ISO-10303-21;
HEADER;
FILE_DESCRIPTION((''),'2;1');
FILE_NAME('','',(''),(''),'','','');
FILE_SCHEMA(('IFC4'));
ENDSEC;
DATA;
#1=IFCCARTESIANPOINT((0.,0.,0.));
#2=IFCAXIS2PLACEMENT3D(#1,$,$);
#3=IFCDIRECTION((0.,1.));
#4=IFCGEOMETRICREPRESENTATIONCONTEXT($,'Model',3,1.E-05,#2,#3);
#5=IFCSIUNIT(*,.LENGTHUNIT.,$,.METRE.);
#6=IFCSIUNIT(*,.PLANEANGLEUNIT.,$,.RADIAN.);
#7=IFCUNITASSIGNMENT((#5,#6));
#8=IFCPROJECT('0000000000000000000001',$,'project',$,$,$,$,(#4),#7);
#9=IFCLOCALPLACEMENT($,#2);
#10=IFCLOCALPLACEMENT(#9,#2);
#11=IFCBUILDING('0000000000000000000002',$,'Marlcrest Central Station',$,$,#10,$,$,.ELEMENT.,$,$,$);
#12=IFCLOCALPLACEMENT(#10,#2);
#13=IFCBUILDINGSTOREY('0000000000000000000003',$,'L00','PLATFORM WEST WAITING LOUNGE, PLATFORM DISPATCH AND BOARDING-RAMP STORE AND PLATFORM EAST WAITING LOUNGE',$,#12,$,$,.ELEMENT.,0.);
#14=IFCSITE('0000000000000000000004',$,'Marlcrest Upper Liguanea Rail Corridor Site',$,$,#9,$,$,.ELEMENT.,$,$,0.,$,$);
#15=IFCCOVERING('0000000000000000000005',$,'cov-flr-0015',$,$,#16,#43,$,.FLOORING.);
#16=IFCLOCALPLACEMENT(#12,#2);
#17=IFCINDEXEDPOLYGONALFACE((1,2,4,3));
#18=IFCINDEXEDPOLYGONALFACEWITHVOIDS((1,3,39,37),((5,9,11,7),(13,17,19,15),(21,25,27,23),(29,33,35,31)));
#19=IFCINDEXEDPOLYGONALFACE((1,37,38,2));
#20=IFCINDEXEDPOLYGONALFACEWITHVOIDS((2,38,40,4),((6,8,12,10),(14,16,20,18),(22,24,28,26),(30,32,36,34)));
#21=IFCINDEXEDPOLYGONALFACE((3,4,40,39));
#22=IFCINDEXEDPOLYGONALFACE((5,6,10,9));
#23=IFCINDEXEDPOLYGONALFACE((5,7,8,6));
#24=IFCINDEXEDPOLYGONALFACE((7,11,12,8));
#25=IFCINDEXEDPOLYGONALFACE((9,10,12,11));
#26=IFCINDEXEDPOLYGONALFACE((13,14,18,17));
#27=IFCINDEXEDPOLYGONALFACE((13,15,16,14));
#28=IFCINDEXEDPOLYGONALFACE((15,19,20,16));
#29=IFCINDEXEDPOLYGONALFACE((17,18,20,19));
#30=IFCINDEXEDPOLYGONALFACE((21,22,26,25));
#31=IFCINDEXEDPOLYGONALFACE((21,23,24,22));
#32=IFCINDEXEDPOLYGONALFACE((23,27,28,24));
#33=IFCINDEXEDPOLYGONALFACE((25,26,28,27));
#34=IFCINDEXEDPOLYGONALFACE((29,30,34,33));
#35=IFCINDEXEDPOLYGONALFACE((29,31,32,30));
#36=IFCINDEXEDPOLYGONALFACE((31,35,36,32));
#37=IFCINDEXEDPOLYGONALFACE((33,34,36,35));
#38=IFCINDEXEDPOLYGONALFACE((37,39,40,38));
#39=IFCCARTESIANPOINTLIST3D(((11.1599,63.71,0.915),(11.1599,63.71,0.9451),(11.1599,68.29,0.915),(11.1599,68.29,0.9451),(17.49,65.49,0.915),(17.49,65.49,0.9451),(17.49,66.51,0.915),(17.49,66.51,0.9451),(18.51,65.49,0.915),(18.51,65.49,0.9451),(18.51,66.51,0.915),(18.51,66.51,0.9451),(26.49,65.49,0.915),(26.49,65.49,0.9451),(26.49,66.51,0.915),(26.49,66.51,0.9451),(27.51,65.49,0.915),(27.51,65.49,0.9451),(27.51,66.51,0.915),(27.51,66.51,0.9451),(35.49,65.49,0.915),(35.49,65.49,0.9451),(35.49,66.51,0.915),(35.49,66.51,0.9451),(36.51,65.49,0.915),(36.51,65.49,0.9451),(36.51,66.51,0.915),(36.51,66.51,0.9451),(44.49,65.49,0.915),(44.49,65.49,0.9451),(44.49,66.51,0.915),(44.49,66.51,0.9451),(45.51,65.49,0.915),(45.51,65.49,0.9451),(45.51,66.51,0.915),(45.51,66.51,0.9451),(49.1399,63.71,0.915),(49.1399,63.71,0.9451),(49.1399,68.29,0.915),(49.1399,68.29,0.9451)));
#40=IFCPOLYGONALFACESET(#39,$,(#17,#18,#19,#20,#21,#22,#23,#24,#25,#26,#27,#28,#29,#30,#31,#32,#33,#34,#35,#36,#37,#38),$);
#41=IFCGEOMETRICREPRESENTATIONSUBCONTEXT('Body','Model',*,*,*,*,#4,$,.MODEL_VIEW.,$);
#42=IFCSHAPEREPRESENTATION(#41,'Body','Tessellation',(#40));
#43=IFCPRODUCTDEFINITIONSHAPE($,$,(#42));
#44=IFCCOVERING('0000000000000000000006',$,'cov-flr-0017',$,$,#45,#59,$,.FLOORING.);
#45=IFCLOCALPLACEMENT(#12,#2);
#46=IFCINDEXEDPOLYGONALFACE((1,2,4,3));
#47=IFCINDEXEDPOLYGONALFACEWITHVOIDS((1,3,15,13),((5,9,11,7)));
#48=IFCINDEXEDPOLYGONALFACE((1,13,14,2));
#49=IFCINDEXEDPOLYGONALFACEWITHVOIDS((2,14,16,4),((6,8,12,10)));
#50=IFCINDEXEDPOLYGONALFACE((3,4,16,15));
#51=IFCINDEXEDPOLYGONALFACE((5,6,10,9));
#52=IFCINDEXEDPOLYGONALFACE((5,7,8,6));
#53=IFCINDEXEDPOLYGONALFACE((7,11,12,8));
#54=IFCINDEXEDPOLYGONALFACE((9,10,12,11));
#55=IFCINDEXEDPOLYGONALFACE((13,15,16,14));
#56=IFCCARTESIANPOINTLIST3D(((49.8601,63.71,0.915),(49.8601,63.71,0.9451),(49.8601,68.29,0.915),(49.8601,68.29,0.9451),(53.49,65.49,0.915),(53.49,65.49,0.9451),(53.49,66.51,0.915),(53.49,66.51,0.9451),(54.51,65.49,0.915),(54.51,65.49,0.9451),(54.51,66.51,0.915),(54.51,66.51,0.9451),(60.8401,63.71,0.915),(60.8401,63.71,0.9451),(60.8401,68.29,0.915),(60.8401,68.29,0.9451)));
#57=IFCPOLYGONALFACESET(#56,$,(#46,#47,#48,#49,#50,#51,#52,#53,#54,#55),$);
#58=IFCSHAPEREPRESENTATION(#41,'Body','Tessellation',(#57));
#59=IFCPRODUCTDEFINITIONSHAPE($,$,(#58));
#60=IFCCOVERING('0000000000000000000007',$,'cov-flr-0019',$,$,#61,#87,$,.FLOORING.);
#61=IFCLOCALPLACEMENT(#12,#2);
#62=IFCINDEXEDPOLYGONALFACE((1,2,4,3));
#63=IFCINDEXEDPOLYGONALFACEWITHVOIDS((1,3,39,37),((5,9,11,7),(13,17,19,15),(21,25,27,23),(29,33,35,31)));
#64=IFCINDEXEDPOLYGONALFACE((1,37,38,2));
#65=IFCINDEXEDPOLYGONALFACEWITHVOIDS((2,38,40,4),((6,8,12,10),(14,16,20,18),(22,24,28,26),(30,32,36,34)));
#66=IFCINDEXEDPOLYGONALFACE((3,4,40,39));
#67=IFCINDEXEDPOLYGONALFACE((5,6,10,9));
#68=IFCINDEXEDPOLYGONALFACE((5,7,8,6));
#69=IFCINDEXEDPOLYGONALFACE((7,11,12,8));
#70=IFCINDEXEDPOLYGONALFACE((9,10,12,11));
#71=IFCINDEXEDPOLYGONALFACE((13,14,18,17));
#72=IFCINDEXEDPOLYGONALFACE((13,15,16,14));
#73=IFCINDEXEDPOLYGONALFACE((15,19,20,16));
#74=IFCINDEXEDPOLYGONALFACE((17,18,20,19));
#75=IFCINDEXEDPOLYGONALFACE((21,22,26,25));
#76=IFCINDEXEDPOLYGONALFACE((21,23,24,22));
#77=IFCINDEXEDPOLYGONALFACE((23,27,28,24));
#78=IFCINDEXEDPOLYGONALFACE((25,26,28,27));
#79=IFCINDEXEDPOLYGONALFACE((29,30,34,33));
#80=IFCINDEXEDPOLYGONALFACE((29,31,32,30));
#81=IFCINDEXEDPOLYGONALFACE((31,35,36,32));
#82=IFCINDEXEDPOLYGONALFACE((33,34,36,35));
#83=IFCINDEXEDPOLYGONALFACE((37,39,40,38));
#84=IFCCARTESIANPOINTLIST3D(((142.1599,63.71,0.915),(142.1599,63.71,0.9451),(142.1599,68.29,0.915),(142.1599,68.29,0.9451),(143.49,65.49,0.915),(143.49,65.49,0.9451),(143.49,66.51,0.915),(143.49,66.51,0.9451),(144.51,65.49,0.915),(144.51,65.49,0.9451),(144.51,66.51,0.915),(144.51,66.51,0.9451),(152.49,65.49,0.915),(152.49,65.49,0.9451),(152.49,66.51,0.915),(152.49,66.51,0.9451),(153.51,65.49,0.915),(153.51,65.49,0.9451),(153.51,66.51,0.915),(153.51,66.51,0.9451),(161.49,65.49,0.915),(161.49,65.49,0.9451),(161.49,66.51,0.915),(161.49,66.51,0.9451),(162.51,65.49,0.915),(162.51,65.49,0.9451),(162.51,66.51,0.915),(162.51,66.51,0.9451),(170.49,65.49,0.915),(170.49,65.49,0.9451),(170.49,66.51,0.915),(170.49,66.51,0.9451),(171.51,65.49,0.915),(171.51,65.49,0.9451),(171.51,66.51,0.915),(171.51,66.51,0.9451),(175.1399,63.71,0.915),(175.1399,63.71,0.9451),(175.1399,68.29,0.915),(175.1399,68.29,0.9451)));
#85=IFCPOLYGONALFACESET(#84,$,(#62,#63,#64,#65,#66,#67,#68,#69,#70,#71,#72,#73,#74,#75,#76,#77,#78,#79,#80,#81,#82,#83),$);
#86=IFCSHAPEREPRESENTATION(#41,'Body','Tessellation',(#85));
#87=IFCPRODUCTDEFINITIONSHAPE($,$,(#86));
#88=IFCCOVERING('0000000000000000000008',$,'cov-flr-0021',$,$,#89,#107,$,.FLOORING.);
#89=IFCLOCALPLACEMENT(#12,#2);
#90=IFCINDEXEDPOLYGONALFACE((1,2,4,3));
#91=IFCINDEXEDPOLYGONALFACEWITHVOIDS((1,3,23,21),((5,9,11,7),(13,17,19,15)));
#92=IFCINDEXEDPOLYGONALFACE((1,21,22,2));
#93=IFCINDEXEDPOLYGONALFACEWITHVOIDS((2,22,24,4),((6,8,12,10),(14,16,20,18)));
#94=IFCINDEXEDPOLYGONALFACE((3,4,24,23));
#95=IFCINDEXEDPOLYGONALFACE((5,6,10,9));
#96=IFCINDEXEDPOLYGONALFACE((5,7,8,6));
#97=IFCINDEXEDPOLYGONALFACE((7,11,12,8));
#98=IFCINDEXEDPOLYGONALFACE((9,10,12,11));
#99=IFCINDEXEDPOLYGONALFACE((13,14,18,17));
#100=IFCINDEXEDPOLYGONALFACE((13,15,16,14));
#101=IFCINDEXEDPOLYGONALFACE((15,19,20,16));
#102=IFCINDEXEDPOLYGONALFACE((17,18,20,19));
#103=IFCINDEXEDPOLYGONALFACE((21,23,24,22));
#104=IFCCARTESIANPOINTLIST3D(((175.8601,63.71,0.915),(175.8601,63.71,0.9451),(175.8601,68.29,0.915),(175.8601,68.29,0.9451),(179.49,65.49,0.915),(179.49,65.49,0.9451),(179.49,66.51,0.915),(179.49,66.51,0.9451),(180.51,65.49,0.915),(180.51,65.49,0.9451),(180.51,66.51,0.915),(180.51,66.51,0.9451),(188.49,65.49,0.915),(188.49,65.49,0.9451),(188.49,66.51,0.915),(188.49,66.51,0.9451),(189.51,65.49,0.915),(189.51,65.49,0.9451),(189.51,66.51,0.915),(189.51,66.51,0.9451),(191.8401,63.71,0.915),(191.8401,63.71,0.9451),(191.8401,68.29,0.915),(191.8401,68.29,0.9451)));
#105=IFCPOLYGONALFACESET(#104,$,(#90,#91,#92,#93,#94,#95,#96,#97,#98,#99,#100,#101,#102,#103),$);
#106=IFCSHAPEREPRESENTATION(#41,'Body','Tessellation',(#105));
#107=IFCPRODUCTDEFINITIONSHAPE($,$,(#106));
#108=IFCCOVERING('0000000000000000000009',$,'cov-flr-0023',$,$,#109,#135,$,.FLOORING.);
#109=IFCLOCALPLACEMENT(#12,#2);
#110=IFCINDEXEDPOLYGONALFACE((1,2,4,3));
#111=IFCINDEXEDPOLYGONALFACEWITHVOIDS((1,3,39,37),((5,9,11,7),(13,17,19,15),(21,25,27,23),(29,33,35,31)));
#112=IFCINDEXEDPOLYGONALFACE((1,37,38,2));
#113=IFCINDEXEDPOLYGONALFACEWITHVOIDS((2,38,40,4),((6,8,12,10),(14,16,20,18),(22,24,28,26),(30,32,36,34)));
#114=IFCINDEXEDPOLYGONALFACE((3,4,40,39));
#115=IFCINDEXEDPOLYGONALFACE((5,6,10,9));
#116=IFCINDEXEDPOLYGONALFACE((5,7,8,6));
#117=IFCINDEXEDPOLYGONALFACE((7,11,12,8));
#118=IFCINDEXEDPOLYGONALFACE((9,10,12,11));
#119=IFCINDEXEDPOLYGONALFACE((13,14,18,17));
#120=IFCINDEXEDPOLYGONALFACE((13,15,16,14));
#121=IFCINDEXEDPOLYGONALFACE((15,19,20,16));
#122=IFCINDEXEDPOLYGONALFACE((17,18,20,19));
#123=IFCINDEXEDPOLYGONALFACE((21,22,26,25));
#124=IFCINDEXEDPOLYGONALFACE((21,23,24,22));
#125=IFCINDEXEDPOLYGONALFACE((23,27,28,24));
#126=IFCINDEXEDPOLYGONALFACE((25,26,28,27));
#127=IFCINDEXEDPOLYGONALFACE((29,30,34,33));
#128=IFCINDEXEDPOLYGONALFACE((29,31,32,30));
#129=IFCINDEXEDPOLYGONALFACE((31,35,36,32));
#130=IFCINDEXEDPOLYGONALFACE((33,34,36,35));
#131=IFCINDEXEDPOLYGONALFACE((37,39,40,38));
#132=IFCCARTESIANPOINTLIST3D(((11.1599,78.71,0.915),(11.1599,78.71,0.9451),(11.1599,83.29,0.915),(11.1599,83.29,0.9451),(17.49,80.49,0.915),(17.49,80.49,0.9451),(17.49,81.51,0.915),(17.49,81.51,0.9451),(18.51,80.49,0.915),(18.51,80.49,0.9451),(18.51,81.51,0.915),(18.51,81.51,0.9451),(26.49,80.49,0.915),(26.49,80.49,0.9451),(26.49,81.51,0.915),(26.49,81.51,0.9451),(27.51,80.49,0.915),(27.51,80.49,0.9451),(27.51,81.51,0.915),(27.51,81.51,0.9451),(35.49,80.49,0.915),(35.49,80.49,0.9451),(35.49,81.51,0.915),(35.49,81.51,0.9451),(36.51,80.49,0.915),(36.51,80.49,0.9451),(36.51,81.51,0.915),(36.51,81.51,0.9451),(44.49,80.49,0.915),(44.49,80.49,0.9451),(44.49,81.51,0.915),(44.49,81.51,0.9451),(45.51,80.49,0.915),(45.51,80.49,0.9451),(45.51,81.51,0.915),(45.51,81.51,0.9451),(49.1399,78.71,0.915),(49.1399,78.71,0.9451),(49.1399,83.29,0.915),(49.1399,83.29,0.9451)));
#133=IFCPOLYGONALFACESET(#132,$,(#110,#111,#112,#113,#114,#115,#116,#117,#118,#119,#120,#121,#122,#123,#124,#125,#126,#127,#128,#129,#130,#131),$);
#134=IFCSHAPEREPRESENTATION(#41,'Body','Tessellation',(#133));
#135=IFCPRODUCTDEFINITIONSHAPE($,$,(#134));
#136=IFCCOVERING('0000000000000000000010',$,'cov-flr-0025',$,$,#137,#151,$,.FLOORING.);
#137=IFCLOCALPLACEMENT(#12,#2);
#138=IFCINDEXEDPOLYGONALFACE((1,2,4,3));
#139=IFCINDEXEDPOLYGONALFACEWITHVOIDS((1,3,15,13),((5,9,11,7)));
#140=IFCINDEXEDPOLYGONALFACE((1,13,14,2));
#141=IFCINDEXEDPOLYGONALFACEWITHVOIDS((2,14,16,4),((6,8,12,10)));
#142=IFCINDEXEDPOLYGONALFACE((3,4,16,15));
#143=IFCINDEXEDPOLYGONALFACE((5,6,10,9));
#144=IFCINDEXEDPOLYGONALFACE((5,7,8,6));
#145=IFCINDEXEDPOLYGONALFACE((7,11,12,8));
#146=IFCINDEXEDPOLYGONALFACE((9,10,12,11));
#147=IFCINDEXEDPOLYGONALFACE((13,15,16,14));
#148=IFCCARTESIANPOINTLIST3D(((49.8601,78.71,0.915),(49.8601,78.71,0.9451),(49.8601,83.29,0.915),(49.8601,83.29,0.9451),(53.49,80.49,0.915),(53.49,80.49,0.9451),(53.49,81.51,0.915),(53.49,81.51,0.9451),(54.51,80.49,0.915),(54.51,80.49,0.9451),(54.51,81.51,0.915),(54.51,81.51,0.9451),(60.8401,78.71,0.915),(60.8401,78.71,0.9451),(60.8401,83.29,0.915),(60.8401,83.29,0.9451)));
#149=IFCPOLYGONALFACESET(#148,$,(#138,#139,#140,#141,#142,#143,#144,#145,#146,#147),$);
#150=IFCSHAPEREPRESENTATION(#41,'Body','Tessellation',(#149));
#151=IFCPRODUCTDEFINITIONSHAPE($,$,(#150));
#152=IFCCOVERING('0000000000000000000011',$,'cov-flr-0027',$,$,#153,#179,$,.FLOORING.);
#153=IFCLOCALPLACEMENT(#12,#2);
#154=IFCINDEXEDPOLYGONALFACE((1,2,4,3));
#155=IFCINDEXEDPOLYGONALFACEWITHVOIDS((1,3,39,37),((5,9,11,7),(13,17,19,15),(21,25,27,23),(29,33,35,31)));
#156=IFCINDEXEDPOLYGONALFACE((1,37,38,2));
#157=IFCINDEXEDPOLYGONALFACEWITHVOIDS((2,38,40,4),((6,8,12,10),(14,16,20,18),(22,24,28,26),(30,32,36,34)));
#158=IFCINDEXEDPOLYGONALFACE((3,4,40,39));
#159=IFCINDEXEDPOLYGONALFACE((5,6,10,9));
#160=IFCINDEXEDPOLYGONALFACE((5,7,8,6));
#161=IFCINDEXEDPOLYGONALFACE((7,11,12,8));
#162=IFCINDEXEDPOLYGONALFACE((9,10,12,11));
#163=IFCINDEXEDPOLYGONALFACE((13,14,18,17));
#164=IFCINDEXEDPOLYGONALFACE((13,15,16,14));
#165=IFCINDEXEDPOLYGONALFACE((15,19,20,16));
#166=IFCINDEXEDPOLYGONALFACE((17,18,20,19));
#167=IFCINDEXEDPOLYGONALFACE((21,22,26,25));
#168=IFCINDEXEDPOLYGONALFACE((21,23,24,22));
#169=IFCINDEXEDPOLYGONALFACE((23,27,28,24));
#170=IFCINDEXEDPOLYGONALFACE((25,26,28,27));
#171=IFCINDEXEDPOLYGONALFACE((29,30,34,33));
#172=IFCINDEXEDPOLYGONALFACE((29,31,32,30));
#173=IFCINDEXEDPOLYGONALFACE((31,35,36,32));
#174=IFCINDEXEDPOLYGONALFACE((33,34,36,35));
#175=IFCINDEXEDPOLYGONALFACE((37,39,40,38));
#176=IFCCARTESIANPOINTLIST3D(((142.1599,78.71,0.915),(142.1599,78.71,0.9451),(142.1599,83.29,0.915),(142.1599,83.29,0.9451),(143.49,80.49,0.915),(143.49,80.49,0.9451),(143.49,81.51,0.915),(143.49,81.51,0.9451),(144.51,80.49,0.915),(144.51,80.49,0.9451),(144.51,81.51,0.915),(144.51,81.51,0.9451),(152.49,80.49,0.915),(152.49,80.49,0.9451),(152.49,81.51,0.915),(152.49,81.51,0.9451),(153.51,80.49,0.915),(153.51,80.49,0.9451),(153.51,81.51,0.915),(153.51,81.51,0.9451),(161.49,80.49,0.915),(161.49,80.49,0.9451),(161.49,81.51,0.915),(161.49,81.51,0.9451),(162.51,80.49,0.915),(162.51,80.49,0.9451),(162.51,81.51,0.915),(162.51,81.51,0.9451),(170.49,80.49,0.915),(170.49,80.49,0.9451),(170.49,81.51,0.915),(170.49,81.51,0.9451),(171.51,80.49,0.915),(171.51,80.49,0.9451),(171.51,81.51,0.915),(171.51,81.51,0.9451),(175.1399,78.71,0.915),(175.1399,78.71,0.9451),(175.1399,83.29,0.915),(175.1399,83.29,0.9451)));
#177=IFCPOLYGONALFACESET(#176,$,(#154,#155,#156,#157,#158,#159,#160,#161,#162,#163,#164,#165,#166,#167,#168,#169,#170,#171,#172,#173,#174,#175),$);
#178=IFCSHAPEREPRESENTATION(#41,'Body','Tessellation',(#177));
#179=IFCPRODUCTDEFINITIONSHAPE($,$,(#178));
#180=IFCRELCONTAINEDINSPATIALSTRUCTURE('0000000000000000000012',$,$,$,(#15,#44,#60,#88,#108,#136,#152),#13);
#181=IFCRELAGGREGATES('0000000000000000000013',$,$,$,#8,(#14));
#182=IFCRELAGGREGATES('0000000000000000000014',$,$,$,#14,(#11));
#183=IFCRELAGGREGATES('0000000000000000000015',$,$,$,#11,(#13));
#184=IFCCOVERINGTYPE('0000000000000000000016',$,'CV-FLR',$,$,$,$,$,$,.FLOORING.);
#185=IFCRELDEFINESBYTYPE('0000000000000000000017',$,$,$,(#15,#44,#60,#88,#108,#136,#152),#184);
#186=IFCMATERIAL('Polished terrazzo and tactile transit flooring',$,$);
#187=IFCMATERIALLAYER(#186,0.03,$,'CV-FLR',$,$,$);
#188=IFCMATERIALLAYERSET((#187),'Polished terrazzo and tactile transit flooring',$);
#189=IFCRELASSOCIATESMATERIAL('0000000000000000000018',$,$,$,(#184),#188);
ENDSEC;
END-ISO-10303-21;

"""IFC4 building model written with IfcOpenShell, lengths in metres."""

from ifc_helpers import new_model, si_unit, direction, frame, origin, place, context, subcontext, project, spatial, polyline, outline, extrude, material, layer, layer_set, type_object, element, save


model = new_model("IFC4")

# Units and contexts
model_context = context("Model", 3, precision=1e-05, world=origin(), true_north=direction((0.0, 1.0)))
body_context = subcontext(model_context, "Body", "Model", "MODEL_VIEW")
ifc_project = project(units=[si_unit("LENGTHUNIT", "METRE"), si_unit("PLANEANGLEUNIT", "RADIAN")], contexts=[model_context])

# Site, building, storey
site_placement = place(None, origin())
site = spatial("IfcSite", under=ifc_project, at=site_placement, Name="Marlcrest Upper Liguanea Rail Corridor Site", CompositionType="ELEMENT", RefElevation=0.0)
building_placement = place(site_placement, origin())
building = spatial("IfcBuilding", under=site, at=building_placement, Name="Marlcrest Central Station", CompositionType="ELEMENT")
storey_placement = place(building_placement, origin())
storey = spatial("IfcBuildingStorey", under=building, at=storey_placement, Name="L00", Description="PLATFORM WEST WAITING LOUNGE, PLATFORM DISPATCH AND BOARDING-RAMP STORE AND PLATFORM EAST WAITING LOUNGE", CompositionType="ELEMENT", Elevation=0.0)

# Coverings
ifc_material_1 = material(Name="Polished terrazzo and tactile transit flooring")
ifc_layer_1 = layer(ifc_material_1, 0.03, Name="CV-FLR")
ifc_layer_set_1 = layer_set([ifc_layer_1], Name="Polished terrazzo and tactile transit flooring")
covering_type_1 = type_object("IfcCoveringType", Name="CV-FLR", PredefinedType="FLOORING", material=ifc_layer_set_1)
covering_1_placement = place(storey_placement, frame((0.0, 0.0, 0.915)))
element("IfcCovering", 1, at=covering_1_placement, inside=storey, type_object=covering_type_1, Name="cov-flr-0015", PredefinedType="FLOORING", context=body_context, shape_type="SweptSolid", body=[
    extrude(outline(polyline([(49.1399, 63.71), (11.1599, 63.71), (11.1599, 68.29), (49.1399, 68.29), (49.1399, 63.71)]), holes=[polyline([(18.51, 65.49), (18.51, 66.51), (17.49, 66.51), (17.49, 65.49), (18.51, 65.49)]), polyline([(26.49, 65.49), (27.51, 65.49), (27.51, 66.51), (26.49, 66.51), (26.49, 65.49)]), polyline([(35.49, 66.51), (35.49, 65.49), (36.51, 65.49), (36.51, 66.51), (35.49, 66.51)]), polyline([(45.51, 66.51), (44.49, 66.51), (44.49, 65.49), (45.51, 65.49), (45.51, 66.51)])]), origin(), (0.0, 0.0, 1.0), 0.03),
])
covering_2_placement = place(storey_placement, frame((0.0, 0.0, 0.915)))
element("IfcCovering", 2, at=covering_2_placement, inside=storey, type_object=covering_type_1, Name="cov-flr-0017", PredefinedType="FLOORING", context=body_context, shape_type="SweptSolid", body=[
    extrude(outline(polyline([(49.8601, 63.71), (49.8601, 68.29), (60.8401, 68.29), (60.8401, 63.71), (49.8601, 63.71)]), holes=[polyline([(54.51, 66.51), (53.49, 66.51), (53.49, 65.49), (54.51, 65.49), (54.51, 66.51)])]), origin(), (0.0, 0.0, 1.0), 0.03),
])
covering_3_placement = place(storey_placement, frame((0.0, 0.0, 0.915)))
element("IfcCovering", 3, at=covering_3_placement, inside=storey, type_object=covering_type_1, Name="cov-flr-0019", PredefinedType="FLOORING", context=body_context, shape_type="SweptSolid", body=[
    extrude(outline(polyline([(175.1399, 63.71), (142.1599, 63.71), (142.1599, 68.29), (175.1399, 68.29), (175.1399, 63.71)]), holes=[polyline([(144.51, 65.49), (144.51, 66.51), (143.49, 66.51), (143.49, 65.49), (144.51, 65.49)]), polyline([(152.49, 65.49), (153.51, 65.49), (153.51, 66.51), (152.49, 66.51), (152.49, 65.49)]), polyline([(161.49, 66.51), (161.49, 65.49), (162.51, 65.49), (162.51, 66.51), (161.49, 66.51)]), polyline([(171.51, 66.51), (170.49, 66.51), (170.49, 65.49), (171.51, 65.49), (171.51, 66.51)])]), origin(), (0.0, 0.0, 1.0), 0.03),
])
covering_4_placement = place(storey_placement, frame((0.0, 0.0, 0.915)))
element("IfcCovering", 4, at=covering_4_placement, inside=storey, type_object=covering_type_1, Name="cov-flr-0021", PredefinedType="FLOORING", context=body_context, shape_type="SweptSolid", body=[
    extrude(outline(polyline([(175.8601, 68.29), (191.8401, 68.29), (191.8401, 63.71), (175.8601, 63.71), (175.8601, 68.29)]), holes=[polyline([(179.49, 66.51), (179.49, 65.49), (180.51, 65.49), (180.51, 66.51), (179.49, 66.51)]), polyline([(189.51, 66.51), (188.49, 66.51), (188.49, 65.49), (189.51, 65.49), (189.51, 66.51)])]), origin(), (0.0, 0.0, 1.0), 0.03),
])
covering_5_placement = place(storey_placement, frame((0.0, 0.0, 0.915)))
element("IfcCovering", 5, at=covering_5_placement, inside=storey, type_object=covering_type_1, Name="cov-flr-0023", PredefinedType="FLOORING", context=body_context, shape_type="SweptSolid", body=[
    extrude(outline(polyline([(49.1399, 78.71), (11.1599, 78.71), (11.1599, 83.29), (49.1399, 83.29), (49.1399, 78.71)]), holes=[polyline([(18.51, 80.49), (18.51, 81.51), (17.49, 81.51), (17.49, 80.49), (18.51, 80.49)]), polyline([(26.49, 80.49), (27.51, 80.49), (27.51, 81.51), (26.49, 81.51), (26.49, 80.49)]), polyline([(35.49, 81.51), (35.49, 80.49), (36.51, 80.49), (36.51, 81.51), (35.49, 81.51)]), polyline([(45.51, 81.51), (44.49, 81.51), (44.49, 80.49), (45.51, 80.49), (45.51, 81.51)])]), origin(), (0.0, 0.0, 1.0), 0.03),
])
covering_6_placement = place(storey_placement, frame((0.0, 0.0, 0.915)))
element("IfcCovering", 6, at=covering_6_placement, inside=storey, type_object=covering_type_1, Name="cov-flr-0025", PredefinedType="FLOORING", context=body_context, shape_type="SweptSolid", body=[
    extrude(outline(polyline([(49.8601, 78.71), (49.8601, 83.29), (60.8401, 83.29), (60.8401, 78.71), (49.8601, 78.71)]), holes=[polyline([(54.51, 81.51), (53.49, 81.51), (53.49, 80.49), (54.51, 80.49), (54.51, 81.51)])]), origin(), (0.0, 0.0, 1.0), 0.03),
])
covering_7_placement = place(storey_placement, frame((0.0, 0.0, 0.915)))
element("IfcCovering", 7, at=covering_7_placement, inside=storey, type_object=covering_type_1, Name="cov-flr-0027", PredefinedType="FLOORING", context=body_context, shape_type="SweptSolid", body=[
    extrude(outline(polyline([(175.1399, 78.71), (142.1599, 78.71), (142.1599, 83.29), (175.1399, 83.29), (175.1399, 78.71)]), holes=[polyline([(144.51, 80.49), (144.51, 81.51), (143.49, 81.51), (143.49, 80.49), (144.51, 80.49)]), polyline([(152.49, 80.49), (153.51, 80.49), (153.51, 81.51), (152.49, 81.51), (152.49, 80.49)]), polyline([(161.49, 81.51), (161.49, 80.49), (162.51, 80.49), (162.51, 81.51), (161.49, 81.51)]), polyline([(171.51, 81.51), (170.49, 81.51), (170.49, 80.49), (171.51, 80.49), (171.51, 81.51)])]), origin(), (0.0, 0.0, 1.0), 0.03),
])

save(model, "model.ifc")
